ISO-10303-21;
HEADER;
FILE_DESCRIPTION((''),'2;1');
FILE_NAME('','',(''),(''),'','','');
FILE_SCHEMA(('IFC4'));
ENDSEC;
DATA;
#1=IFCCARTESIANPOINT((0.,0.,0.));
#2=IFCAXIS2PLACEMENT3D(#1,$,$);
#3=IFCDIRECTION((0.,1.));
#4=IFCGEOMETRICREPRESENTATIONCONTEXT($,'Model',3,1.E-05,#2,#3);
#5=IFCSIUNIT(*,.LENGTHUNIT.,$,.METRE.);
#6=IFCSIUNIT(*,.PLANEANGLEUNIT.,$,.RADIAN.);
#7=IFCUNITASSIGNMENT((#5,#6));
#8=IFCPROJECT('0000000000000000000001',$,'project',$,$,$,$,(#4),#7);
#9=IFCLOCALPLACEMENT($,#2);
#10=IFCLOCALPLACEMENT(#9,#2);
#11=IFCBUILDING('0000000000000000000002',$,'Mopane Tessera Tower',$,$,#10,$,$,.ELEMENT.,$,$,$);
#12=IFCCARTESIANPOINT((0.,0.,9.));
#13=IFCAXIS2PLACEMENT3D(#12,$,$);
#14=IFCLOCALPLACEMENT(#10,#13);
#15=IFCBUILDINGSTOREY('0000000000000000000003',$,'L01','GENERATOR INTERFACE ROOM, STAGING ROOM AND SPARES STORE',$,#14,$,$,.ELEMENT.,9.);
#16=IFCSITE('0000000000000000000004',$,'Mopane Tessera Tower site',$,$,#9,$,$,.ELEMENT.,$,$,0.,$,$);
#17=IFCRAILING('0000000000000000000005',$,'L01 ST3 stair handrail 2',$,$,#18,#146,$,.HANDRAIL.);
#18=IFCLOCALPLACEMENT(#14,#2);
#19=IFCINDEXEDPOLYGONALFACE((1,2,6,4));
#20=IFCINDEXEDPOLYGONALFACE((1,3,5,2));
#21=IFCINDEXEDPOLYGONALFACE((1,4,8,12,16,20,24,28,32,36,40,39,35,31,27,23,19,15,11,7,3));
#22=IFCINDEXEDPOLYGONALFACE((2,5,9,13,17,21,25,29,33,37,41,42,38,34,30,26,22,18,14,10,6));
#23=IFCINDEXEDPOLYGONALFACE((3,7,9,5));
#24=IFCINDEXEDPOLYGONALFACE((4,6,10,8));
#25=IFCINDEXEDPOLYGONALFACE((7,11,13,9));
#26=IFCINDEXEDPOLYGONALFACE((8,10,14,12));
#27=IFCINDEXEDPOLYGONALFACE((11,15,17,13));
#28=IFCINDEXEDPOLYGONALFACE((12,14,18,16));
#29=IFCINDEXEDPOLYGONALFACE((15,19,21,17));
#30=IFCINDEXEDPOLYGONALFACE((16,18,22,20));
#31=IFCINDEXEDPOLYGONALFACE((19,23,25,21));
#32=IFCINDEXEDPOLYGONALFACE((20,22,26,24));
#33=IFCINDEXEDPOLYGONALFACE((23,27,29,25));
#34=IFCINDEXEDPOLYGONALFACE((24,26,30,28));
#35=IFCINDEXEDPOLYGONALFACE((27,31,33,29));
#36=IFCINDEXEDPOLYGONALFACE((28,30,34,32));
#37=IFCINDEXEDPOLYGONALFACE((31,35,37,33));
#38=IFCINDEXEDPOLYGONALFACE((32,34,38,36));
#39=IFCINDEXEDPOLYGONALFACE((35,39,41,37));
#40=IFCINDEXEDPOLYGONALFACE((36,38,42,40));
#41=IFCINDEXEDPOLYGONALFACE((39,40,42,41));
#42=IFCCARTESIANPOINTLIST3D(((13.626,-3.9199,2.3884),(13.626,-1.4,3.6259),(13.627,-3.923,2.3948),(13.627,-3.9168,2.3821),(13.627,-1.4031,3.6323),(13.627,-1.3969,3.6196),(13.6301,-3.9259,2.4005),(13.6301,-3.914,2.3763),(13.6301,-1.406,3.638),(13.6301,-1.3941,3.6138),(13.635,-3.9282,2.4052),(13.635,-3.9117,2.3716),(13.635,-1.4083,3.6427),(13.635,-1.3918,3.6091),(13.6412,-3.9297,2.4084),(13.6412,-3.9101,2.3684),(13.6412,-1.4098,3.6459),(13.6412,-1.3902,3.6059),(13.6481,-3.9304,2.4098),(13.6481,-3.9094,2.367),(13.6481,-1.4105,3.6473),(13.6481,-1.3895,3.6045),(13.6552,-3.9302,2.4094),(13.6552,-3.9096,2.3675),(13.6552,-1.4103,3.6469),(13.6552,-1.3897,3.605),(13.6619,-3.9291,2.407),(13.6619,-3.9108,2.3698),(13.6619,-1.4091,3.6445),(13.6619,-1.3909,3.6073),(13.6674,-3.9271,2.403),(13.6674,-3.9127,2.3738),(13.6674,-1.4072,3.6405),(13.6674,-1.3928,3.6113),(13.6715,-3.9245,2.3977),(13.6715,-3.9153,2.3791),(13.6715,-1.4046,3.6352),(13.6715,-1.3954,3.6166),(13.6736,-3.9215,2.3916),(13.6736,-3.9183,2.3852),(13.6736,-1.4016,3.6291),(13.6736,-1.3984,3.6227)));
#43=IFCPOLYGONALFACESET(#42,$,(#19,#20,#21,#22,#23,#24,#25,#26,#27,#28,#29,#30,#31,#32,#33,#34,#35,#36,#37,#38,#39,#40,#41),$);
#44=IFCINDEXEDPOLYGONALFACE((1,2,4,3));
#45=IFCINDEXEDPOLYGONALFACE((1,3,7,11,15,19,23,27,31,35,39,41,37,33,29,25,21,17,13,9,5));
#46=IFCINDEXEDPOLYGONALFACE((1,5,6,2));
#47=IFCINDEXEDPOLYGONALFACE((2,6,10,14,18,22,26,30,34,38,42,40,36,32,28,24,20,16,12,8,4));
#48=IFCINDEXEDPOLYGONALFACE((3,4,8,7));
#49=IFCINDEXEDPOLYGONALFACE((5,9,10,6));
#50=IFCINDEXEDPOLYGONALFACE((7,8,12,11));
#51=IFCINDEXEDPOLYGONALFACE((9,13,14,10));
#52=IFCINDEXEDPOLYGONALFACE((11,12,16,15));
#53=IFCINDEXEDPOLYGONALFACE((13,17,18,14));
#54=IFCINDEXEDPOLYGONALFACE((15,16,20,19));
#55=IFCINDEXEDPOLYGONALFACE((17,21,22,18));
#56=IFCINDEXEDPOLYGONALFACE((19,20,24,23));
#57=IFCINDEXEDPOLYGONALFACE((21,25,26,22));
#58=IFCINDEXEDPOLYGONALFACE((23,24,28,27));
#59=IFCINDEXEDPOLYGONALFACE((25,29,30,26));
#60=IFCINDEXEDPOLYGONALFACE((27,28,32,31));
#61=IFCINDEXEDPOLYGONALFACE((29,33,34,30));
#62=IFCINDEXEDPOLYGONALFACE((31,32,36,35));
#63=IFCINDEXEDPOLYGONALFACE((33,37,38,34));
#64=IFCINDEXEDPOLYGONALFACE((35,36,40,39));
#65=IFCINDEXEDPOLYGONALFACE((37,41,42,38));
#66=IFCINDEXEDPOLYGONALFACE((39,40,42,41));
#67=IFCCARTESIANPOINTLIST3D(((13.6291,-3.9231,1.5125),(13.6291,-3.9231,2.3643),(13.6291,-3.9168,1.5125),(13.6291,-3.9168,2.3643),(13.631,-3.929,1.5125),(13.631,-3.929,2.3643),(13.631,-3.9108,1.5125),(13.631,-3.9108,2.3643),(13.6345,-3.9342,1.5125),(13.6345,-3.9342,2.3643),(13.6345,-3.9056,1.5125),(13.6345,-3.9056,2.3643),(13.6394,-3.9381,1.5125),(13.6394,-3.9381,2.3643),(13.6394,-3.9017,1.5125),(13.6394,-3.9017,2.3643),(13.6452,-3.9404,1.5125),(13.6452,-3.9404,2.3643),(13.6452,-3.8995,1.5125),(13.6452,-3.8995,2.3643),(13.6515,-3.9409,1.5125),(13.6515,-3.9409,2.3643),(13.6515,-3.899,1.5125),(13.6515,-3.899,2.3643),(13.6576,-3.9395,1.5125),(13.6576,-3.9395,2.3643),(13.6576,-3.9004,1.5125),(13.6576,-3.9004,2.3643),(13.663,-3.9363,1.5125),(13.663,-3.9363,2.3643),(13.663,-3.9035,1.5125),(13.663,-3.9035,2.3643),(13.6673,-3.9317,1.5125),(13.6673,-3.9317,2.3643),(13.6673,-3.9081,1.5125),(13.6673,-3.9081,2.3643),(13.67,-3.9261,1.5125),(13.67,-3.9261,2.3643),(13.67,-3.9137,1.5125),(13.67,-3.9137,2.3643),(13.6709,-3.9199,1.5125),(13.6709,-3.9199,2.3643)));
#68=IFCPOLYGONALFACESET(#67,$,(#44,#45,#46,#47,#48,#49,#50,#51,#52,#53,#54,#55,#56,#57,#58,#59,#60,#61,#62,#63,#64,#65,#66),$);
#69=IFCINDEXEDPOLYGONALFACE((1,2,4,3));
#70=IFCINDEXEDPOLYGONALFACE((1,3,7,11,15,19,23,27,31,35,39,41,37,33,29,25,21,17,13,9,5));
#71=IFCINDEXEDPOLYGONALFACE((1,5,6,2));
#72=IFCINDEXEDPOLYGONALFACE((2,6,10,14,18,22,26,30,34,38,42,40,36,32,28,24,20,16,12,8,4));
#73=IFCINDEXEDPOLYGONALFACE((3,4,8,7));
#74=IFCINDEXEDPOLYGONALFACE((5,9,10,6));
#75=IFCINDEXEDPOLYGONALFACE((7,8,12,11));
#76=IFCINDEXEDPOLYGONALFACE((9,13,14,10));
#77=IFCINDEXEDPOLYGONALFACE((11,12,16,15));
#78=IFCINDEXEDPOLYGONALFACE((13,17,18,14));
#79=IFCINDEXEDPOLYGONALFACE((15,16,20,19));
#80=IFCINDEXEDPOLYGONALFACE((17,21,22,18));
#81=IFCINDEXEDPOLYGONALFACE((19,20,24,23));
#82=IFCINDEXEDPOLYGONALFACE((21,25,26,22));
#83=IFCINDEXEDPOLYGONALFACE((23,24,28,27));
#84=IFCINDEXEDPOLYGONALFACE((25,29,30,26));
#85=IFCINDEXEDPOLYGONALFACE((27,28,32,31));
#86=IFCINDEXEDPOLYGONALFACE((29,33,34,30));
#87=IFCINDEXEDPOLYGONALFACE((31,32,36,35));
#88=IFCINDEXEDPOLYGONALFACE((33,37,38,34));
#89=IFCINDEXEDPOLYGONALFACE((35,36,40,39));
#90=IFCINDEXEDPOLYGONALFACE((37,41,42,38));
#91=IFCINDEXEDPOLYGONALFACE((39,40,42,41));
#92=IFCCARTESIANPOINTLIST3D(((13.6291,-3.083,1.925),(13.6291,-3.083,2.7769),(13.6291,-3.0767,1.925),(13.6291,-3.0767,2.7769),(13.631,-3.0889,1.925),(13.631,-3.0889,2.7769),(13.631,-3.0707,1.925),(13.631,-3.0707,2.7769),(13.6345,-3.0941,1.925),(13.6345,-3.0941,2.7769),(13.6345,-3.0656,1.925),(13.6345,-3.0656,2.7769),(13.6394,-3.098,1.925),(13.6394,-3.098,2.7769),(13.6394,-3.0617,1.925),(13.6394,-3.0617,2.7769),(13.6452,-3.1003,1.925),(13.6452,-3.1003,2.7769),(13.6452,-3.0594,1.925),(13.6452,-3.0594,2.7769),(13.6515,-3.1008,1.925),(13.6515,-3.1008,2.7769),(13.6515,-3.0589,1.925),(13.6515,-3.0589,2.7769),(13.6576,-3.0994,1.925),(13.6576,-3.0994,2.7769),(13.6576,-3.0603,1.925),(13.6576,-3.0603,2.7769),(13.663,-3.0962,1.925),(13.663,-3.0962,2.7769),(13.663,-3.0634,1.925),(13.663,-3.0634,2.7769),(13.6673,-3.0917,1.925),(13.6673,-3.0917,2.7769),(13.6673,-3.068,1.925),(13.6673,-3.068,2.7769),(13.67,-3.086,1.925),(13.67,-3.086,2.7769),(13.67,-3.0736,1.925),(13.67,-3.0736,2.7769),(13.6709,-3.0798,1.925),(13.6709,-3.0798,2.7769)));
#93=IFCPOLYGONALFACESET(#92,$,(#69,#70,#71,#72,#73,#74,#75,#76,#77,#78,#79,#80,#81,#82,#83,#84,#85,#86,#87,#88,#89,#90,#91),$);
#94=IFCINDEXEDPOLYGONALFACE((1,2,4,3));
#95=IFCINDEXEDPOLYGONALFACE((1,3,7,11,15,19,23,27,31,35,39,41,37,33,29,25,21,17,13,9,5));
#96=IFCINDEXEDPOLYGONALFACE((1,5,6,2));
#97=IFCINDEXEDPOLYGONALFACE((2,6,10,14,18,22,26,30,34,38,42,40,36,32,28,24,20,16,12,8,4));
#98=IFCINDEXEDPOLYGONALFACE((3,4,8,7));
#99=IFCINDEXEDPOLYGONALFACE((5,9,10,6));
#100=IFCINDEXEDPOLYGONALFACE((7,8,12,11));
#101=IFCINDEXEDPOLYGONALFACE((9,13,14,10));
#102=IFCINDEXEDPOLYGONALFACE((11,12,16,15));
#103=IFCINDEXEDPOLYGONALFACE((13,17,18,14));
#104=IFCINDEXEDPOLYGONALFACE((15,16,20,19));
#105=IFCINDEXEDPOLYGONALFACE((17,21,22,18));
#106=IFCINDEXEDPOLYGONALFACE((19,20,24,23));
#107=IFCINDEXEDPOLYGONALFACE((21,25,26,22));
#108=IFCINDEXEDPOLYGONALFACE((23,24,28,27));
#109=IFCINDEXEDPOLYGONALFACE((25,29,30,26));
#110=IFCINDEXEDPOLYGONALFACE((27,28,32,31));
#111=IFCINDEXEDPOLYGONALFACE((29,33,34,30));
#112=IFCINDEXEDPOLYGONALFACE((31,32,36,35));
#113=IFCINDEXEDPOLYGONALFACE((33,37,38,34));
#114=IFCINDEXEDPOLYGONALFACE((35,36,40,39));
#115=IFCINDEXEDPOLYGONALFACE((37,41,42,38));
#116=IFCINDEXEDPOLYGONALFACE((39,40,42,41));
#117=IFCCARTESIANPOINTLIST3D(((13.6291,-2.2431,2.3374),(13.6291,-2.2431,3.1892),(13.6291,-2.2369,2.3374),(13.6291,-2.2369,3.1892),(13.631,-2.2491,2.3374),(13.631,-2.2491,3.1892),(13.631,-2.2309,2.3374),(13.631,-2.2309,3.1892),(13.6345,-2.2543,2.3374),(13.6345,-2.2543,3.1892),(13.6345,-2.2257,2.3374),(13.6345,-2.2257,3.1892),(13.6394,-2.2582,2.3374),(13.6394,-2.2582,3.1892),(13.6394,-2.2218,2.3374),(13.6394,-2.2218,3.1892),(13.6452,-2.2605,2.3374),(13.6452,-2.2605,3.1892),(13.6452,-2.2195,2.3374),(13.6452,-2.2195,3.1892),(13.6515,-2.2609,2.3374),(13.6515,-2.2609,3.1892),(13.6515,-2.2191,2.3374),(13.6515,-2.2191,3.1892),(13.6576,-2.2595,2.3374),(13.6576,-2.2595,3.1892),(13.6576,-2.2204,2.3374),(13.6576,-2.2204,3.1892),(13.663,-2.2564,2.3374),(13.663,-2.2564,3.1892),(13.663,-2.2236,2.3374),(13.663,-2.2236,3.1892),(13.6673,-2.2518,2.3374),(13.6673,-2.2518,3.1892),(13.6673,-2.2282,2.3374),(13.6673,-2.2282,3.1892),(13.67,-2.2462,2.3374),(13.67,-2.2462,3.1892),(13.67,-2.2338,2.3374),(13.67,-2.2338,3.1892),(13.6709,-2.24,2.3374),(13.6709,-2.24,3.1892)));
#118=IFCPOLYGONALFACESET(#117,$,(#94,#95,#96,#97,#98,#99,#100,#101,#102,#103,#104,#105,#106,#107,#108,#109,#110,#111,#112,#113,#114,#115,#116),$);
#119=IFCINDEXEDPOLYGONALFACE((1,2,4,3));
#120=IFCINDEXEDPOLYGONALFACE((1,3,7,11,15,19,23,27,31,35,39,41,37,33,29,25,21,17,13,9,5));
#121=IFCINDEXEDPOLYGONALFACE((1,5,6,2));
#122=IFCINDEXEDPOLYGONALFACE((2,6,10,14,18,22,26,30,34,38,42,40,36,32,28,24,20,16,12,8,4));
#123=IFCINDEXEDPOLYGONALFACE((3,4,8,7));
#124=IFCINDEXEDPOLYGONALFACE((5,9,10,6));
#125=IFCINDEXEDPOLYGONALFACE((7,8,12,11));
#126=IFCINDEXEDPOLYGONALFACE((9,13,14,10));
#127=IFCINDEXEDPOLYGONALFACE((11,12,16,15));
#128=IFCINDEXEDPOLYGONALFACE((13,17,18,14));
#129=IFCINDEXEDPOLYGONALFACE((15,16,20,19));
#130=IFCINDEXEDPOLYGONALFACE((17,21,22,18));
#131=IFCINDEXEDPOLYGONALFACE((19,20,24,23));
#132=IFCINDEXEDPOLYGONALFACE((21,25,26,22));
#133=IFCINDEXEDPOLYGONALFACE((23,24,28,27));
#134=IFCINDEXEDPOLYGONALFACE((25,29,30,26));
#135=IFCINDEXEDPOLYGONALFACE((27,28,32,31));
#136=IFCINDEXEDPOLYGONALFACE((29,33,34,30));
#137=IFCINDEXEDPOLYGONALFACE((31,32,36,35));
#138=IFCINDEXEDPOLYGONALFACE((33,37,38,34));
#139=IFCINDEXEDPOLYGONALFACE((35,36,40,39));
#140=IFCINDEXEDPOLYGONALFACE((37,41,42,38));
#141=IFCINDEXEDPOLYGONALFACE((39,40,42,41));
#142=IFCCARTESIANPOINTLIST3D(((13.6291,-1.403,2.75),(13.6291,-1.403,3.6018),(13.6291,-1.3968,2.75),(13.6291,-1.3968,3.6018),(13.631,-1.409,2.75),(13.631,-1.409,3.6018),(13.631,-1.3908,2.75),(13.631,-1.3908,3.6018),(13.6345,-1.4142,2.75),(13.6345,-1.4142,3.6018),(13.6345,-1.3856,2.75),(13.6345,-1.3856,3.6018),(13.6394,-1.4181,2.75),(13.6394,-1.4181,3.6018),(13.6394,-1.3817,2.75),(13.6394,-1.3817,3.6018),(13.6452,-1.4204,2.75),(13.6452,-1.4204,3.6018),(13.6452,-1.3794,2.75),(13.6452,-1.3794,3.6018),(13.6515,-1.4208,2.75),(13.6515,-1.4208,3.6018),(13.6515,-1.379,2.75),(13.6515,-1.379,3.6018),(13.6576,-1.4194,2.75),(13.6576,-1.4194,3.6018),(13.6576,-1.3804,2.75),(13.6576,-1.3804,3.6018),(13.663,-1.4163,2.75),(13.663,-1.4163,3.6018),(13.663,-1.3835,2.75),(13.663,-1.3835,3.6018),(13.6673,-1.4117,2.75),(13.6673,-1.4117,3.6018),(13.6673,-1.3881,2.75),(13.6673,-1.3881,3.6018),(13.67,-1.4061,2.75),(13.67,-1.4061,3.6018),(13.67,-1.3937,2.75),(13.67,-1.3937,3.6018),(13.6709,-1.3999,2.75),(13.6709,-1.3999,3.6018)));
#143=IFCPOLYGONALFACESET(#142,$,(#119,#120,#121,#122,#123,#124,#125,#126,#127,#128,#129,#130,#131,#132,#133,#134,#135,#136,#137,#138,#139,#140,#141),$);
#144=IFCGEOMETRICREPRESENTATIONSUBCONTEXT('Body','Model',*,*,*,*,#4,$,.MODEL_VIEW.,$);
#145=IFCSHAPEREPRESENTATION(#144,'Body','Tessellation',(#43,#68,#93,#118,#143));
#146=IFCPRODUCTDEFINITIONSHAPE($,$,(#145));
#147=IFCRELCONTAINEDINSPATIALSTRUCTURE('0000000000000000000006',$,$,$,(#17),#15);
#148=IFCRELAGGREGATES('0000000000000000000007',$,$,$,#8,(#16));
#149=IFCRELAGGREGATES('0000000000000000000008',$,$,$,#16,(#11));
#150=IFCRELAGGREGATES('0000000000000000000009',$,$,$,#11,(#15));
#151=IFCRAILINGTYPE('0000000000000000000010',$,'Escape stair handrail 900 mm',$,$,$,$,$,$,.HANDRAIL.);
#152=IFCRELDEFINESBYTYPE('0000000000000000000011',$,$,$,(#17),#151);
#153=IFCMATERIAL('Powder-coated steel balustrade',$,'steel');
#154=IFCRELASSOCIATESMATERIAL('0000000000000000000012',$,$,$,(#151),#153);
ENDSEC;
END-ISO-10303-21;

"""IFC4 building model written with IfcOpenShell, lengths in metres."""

from ifc_helpers import new_model, si_unit, direction, frame, origin, origin_2d, place, context, subcontext, project, spatial, circle, extrude, material, type_object, element, save


model = new_model("IFC4")

# Units and contexts
model_context = context("Model", 3, precision=1e-05, world=origin(), true_north=direction((0.0, 1.0)))
body_context = subcontext(model_context, "Body", "Model", "MODEL_VIEW")
ifc_project = project(units=[si_unit("LENGTHUNIT", "METRE"), si_unit("PLANEANGLEUNIT", "RADIAN")], contexts=[model_context])

# Site, building, storey
site_placement = place(None, origin())
site = spatial("IfcSite", under=ifc_project, at=site_placement, Name="Mopane Tessera Tower site", CompositionType="ELEMENT", RefElevation=0.0)
building_placement = place(site_placement, origin())
building = spatial("IfcBuilding", under=site, at=building_placement, Name="Mopane Tessera Tower", CompositionType="ELEMENT")
storey_placement = place(building_placement, frame((0.0, 0.0, 9.0)))
storey = spatial("IfcBuildingStorey", under=building, at=storey_placement, Name="L01", Description="GENERATOR INTERFACE ROOM, STAGING ROOM AND SPARES STORE", CompositionType="ELEMENT", Elevation=9.0)

# Railing
ifc_material_1 = material(Name="Powder-coated steel balustrade", Category="steel")
railing_type_1 = type_object("IfcRailingType", Name="Escape stair handrail 900 mm", PredefinedType="HANDRAIL", material=ifc_material_1)
railing_1_placement = place(storey_placement, frame((13.6499, -3.9199, 1.5125)))
element("IfcRailing", 1, at=railing_1_placement, inside=storey, type_object=railing_type_1, Name="L01 ST3 stair handrail 2", PredefinedType="HANDRAIL", context=body_context, shape_type="SweptSolid", body=[
    extrude(circle(Radius=0.0239, at=origin_2d()), frame((0.0, 0.0, 0.876), z_axis=(0.0, 0.897604, 0.440802), x_axis=(-1.0, 0.0, 0.0)), (0.0, 0.0, 1.0), 2.8074),
    extrude(circle(Radius=0.021, at=origin_2d()), origin(), (0.0, 0.0, 1.0), 0.8518),
    extrude(circle(Radius=0.021, at=origin_2d()), frame((0.0, 0.8401, 0.4126)), (0.0, 0.0, 1.0), 0.8518),
    extrude(circle(Radius=0.021, at=origin_2d()), frame((0.0, 1.6799, 0.825)), (0.0, 0.0, 1.0), 0.8518),
    extrude(circle(Radius=0.021, at=origin_2d()), frame((0.0, 2.52, 1.2375)), (0.0, 0.0, 1.0), 0.8518),
])

save(model, "model.ifc")
